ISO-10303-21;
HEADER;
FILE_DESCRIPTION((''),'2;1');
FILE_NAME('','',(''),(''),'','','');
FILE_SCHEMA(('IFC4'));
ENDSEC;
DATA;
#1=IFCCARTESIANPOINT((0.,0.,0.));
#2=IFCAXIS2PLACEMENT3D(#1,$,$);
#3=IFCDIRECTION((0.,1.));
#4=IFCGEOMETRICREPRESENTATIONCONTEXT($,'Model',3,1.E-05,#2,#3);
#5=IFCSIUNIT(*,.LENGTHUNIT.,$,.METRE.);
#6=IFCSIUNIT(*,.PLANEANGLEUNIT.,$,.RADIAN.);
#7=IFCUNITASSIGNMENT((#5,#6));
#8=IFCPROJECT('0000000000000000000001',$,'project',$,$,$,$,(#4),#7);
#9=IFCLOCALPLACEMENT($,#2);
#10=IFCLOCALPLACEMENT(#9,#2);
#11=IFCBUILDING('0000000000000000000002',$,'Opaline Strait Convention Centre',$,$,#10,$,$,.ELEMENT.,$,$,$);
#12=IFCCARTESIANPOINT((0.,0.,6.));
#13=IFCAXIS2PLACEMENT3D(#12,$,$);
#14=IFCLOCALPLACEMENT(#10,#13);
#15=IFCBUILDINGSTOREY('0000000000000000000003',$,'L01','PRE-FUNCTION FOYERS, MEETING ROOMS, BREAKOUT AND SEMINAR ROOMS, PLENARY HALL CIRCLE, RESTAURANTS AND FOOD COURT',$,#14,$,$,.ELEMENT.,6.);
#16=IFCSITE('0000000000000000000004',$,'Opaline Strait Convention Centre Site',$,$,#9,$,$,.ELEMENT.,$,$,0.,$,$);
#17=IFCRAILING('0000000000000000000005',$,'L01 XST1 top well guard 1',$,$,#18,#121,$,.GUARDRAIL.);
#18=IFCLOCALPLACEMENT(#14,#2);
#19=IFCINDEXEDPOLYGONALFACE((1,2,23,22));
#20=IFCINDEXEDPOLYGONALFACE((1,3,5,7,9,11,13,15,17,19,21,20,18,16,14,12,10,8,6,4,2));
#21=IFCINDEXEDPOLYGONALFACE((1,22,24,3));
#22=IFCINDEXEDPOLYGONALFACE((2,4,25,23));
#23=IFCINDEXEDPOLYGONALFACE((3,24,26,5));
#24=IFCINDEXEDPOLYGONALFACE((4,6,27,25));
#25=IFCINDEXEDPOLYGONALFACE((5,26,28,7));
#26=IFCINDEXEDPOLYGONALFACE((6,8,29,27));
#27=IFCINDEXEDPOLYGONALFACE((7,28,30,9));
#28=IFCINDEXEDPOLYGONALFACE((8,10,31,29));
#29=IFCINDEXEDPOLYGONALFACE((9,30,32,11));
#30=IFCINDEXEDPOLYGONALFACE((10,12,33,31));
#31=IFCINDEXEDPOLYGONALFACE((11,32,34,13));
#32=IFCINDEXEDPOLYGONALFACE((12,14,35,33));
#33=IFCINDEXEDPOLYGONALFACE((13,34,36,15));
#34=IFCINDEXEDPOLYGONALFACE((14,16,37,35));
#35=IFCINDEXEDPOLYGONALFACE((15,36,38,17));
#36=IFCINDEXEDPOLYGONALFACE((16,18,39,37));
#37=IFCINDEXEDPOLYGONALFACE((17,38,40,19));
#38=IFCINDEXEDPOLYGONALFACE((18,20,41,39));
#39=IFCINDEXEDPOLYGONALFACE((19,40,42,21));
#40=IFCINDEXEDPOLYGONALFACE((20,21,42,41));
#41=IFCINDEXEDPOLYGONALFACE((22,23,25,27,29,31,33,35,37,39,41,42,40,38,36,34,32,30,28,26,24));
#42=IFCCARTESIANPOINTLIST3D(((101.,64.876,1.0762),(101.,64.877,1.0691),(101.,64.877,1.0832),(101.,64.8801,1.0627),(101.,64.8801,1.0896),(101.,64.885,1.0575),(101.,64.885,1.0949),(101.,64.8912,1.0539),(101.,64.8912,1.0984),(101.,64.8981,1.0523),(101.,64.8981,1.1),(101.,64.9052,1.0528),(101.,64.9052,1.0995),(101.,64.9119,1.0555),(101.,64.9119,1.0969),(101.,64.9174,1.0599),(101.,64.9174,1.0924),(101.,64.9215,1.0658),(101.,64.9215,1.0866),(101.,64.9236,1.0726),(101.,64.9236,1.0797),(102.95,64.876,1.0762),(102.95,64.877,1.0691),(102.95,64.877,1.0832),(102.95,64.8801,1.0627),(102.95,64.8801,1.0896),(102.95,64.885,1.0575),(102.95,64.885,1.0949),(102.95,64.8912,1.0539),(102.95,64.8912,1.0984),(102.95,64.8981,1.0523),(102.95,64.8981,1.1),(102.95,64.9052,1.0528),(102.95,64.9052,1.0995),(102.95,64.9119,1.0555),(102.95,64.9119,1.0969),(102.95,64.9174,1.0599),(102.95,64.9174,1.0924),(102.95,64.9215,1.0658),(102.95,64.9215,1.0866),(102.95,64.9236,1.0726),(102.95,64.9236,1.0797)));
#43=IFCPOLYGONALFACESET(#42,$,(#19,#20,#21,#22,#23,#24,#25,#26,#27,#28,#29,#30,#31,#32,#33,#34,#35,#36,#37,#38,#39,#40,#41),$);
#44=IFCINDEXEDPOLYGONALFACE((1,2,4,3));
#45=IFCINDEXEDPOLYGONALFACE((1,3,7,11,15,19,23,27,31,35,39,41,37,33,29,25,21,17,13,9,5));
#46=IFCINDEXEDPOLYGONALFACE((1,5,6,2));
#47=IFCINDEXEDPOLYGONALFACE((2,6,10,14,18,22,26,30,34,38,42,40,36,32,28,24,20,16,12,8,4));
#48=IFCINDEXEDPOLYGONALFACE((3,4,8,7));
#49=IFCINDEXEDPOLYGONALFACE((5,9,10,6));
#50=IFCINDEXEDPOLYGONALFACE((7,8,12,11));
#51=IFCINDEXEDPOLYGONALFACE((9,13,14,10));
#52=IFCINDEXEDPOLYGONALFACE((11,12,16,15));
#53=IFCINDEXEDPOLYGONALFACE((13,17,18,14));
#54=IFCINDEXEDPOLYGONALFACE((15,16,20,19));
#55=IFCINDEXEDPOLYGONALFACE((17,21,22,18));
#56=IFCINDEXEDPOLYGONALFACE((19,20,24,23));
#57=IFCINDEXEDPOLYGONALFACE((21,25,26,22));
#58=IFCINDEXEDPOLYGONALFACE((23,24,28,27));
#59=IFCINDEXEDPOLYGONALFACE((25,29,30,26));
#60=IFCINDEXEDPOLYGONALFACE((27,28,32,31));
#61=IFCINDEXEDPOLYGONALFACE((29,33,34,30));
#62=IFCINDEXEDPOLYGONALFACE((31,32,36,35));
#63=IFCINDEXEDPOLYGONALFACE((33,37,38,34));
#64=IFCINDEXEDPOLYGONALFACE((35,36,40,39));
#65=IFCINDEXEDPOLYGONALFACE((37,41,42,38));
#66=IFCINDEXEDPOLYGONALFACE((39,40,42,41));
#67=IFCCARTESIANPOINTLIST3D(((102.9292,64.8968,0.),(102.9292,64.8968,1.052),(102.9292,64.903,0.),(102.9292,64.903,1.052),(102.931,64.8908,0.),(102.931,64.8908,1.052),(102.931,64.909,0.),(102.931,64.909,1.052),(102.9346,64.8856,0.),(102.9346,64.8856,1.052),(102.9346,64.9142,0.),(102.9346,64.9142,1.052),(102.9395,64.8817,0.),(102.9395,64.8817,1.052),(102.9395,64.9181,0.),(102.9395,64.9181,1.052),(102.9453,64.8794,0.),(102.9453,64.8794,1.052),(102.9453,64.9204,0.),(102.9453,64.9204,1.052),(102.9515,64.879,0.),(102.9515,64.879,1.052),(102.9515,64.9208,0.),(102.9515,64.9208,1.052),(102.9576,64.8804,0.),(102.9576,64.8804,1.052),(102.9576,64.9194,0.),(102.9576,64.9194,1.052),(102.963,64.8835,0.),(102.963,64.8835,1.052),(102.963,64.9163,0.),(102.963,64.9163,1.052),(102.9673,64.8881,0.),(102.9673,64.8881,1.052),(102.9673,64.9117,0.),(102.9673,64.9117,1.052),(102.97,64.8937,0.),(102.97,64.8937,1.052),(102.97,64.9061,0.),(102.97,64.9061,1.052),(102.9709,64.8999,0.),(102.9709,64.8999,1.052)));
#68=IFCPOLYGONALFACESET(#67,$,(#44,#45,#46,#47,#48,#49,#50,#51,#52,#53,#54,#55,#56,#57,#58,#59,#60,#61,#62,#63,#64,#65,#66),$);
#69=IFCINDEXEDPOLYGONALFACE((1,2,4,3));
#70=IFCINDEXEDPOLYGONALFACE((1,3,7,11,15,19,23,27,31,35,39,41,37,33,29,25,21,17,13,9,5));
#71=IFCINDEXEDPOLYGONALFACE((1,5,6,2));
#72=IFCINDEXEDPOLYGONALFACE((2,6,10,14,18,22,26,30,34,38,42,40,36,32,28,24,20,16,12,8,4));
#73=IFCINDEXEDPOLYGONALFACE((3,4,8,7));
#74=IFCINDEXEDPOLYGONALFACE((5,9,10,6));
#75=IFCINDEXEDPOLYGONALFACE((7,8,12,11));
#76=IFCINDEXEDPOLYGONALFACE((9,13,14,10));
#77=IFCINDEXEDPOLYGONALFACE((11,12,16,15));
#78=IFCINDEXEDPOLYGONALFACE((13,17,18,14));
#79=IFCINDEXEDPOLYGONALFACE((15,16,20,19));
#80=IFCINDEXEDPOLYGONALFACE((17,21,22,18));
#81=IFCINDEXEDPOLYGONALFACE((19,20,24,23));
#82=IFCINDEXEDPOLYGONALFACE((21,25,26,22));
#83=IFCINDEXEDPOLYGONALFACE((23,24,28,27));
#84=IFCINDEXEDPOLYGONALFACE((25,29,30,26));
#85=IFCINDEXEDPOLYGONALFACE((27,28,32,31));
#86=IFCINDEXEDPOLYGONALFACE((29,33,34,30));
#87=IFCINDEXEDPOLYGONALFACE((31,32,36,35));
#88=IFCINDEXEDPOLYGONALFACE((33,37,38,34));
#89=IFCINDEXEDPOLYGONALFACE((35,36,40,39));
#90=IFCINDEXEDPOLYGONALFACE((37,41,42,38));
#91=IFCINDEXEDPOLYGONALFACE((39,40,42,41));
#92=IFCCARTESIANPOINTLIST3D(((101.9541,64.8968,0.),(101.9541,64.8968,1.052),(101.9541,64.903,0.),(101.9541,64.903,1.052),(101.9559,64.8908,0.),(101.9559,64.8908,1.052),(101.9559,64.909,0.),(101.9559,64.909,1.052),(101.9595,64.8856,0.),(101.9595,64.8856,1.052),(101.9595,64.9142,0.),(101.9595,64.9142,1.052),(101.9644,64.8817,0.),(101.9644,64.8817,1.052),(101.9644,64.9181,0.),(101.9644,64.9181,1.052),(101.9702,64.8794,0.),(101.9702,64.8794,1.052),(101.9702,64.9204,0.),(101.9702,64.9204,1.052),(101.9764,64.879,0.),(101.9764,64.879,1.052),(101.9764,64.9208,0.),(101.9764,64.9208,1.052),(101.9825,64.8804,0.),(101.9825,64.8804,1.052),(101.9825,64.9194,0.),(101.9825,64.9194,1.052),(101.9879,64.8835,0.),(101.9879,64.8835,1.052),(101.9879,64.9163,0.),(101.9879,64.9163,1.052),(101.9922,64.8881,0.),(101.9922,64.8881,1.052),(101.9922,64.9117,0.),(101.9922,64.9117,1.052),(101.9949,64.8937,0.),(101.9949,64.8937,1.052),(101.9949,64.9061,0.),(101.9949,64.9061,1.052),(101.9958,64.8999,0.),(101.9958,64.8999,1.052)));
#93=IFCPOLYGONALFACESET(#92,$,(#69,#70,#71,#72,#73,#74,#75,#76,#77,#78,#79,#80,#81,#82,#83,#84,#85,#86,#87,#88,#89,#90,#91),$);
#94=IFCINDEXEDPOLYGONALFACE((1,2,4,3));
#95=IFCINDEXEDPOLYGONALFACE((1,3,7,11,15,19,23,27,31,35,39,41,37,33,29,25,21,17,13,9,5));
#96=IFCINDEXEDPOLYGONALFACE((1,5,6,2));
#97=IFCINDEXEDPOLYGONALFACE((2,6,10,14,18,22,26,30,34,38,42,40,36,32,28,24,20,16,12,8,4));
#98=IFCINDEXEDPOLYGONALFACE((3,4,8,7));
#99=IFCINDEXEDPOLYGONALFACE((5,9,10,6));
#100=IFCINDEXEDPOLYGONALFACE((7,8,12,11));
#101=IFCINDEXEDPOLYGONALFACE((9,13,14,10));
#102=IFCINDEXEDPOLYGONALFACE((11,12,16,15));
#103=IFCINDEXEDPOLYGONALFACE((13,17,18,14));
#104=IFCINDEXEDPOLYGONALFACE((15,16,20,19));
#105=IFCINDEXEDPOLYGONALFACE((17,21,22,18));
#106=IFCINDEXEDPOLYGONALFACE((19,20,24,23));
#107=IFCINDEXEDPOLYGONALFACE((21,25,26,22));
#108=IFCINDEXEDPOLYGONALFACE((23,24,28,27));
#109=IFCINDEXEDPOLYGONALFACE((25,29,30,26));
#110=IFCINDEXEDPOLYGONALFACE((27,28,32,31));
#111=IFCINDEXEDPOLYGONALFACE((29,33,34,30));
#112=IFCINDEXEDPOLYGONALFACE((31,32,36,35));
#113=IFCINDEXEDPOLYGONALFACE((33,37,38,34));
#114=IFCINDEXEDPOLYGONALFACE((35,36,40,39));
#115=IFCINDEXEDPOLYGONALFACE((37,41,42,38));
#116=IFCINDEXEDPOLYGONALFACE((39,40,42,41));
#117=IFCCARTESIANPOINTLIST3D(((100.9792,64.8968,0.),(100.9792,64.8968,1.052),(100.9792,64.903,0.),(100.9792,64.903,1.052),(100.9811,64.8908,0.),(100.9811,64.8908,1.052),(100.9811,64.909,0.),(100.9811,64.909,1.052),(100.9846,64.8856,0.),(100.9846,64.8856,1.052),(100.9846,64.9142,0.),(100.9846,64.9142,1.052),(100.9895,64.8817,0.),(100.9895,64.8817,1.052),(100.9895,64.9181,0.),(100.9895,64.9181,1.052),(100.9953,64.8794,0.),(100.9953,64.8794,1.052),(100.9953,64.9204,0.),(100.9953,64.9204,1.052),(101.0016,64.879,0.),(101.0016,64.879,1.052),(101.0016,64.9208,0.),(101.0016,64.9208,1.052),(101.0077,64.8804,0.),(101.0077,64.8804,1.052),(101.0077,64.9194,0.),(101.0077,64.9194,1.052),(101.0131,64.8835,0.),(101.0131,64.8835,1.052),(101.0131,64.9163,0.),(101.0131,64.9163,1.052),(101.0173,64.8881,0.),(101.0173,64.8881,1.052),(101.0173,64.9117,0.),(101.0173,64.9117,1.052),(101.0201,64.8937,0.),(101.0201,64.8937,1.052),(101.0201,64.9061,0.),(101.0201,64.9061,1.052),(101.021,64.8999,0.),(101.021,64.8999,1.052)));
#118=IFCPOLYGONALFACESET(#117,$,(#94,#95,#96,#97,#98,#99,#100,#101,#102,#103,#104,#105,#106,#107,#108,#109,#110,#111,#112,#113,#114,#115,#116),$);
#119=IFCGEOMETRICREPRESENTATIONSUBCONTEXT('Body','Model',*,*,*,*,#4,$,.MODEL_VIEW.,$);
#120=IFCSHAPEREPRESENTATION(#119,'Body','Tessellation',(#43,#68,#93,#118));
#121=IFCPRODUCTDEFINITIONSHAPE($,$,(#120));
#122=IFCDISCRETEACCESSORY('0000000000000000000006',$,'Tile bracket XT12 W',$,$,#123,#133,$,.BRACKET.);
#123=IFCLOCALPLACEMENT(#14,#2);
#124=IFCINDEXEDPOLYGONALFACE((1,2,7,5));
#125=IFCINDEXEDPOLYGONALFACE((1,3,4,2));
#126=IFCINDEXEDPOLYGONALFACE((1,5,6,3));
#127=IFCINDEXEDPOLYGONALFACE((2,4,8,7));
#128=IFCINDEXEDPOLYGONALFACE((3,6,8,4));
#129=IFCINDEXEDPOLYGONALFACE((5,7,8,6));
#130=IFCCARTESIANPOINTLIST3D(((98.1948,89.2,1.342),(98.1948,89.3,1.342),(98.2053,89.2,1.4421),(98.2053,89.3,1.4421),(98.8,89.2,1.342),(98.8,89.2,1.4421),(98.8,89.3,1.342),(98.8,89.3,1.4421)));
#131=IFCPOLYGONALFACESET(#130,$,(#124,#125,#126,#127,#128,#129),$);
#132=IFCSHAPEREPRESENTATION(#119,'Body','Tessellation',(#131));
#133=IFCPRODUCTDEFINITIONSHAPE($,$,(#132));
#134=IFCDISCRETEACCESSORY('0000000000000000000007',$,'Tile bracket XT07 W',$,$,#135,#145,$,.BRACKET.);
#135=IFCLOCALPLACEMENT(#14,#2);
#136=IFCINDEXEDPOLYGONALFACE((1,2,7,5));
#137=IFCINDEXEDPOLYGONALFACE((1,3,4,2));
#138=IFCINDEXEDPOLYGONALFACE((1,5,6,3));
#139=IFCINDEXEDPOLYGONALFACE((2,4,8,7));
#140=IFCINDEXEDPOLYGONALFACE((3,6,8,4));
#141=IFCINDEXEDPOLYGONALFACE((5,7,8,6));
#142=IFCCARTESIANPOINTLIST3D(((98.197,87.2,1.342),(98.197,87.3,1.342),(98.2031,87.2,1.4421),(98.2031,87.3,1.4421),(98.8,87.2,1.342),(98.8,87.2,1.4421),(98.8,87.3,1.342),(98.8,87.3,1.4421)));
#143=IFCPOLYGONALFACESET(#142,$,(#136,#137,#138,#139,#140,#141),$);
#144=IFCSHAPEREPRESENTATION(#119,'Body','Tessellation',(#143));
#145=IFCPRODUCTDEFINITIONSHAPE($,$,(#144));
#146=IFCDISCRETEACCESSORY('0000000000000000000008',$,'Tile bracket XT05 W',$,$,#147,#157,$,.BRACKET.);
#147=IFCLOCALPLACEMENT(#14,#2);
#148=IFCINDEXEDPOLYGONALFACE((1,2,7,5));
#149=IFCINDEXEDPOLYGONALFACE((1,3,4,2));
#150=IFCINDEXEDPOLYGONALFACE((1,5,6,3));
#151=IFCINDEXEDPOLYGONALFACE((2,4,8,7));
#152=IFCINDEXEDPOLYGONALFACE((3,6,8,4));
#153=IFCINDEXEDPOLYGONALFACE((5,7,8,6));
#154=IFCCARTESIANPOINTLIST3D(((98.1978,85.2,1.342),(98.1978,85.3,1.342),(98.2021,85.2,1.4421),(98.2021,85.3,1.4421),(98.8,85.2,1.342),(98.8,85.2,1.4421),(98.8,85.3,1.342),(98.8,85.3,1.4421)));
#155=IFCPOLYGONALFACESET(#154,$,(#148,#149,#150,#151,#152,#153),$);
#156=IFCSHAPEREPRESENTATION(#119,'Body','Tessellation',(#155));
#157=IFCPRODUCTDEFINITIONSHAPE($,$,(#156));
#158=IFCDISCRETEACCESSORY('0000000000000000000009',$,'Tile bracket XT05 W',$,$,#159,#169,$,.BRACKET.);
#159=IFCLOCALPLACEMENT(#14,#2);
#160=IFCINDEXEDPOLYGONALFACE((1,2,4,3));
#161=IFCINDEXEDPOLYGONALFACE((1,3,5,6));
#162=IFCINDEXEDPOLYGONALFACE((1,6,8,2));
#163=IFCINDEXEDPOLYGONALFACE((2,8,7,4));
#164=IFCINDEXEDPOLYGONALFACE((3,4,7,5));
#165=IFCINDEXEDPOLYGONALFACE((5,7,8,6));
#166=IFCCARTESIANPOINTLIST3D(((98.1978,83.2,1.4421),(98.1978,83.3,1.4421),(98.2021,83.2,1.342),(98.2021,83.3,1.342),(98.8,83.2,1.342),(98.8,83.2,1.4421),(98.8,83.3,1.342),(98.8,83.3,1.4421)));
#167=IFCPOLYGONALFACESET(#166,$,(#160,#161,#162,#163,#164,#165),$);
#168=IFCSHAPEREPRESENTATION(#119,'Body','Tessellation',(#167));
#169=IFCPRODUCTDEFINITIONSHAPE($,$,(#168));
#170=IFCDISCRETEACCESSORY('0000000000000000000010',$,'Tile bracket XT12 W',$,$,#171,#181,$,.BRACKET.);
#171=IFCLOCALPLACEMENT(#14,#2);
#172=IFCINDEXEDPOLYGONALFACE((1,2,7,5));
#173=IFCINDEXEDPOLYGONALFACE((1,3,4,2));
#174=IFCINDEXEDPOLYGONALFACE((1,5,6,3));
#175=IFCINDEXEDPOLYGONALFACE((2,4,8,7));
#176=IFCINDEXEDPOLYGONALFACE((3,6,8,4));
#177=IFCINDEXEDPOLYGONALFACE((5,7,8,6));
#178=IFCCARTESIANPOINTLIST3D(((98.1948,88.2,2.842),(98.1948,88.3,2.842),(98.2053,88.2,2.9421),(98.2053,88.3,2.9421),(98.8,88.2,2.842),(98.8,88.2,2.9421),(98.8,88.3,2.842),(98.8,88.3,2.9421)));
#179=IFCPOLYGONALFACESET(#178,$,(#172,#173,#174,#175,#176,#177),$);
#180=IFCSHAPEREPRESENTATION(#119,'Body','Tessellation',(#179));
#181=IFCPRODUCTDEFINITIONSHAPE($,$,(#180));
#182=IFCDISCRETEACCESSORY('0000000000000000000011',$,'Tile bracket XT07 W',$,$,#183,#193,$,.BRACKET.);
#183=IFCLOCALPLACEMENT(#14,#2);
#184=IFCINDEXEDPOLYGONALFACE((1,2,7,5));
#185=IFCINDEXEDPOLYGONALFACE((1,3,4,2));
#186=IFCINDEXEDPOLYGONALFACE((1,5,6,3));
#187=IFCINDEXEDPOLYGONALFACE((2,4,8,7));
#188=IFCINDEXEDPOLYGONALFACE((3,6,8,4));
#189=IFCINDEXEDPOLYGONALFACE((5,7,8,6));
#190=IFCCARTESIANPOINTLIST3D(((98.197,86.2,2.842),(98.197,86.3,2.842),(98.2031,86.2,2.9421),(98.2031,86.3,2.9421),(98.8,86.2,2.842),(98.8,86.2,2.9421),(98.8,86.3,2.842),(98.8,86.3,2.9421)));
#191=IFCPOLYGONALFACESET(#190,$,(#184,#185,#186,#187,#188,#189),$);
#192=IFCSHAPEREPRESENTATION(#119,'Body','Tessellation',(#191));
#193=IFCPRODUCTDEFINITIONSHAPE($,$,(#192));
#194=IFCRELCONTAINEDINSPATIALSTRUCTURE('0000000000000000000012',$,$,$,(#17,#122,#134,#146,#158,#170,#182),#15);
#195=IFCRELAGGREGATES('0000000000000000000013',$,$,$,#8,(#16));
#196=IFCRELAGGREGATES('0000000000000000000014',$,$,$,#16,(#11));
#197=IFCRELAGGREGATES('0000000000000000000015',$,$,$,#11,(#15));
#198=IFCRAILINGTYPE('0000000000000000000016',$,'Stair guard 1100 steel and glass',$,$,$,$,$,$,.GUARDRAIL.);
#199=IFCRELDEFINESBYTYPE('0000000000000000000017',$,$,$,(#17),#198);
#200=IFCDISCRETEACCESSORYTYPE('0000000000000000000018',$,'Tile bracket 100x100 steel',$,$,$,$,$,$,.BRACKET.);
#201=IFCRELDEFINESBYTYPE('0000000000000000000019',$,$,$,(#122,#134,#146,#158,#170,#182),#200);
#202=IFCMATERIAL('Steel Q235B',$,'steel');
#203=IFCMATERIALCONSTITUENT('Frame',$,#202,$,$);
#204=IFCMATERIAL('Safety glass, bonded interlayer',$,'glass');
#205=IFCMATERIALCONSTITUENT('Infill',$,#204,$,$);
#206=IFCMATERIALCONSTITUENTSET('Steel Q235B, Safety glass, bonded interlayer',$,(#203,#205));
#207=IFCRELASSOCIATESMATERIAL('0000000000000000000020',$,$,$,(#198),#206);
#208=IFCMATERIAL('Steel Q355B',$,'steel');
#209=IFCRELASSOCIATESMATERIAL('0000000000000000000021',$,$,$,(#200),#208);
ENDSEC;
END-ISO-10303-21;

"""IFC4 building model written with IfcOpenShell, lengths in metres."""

from ifc_helpers import new_model, si_unit, direction, frame, origin, origin_2d, place, context, subcontext, project, spatial, polyline, circle, outline, extrude, material, constituent, constituent_set, type_object, element, save


model = new_model("IFC4")

# Units and contexts
model_context = context("Model", 3, precision=1e-05, world=origin(), true_north=direction((0.0, 1.0)))
body_context = subcontext(model_context, "Body", "Model", "MODEL_VIEW")
ifc_project = project(units=[si_unit("LENGTHUNIT", "METRE"), si_unit("PLANEANGLEUNIT", "RADIAN")], contexts=[model_context])

# Site, building, storey
site_placement = place(None, origin())
site = spatial("IfcSite", under=ifc_project, at=site_placement, Name="Opaline Strait Convention Centre Site", CompositionType="ELEMENT", RefElevation=0.0)
building_placement = place(site_placement, origin())
building = spatial("IfcBuilding", under=site, at=building_placement, Name="Opaline Strait Convention Centre", CompositionType="ELEMENT")
storey_placement = place(building_placement, frame((0.0, 0.0, 6.0)))
storey = spatial("IfcBuildingStorey", under=building, at=storey_placement, Name="L01", Description="PRE-FUNCTION FOYERS, MEETING ROOMS, BREAKOUT AND SEMINAR ROOMS, PLENARY HALL CIRCLE, RESTAURANTS AND FOOD COURT", CompositionType="ELEMENT", Elevation=6.0)

# Shared definitions
ifc_material_1 = material(Name="Steel Q355B", Category="steel")

# Shared definitions
ifc_material_2 = material(Name="Steel Q235B", Category="steel")

# Railing
ifc_constituent_1 = constituent(ifc_material_2, Name="Frame")
ifc_material_3 = material(Name="Safety glass, bonded interlayer", Category="glass")
ifc_constituent_2 = constituent(ifc_material_3, Name="Infill")
ifc_constituent_set = constituent_set(constituents=[ifc_constituent_1, ifc_constituent_2], Name="Steel Q235B, Safety glass, bonded interlayer")
railing_type = type_object("IfcRailingType", Name="Stair guard 1100 steel and glass", PredefinedType="GUARDRAIL", material=ifc_constituent_set)
railing_placement = place(storey_placement, frame((102.95, 64.8999, 0.0)))
element("IfcRailing", 1, at=railing_placement, inside=storey, type_object=railing_type, Name="L01 XST1 top well guard 1", PredefinedType="GUARDRAIL", context=body_context, shape_type="SweptSolid", body=[
    extrude(circle(Radius=0.0239, at=origin_2d()), frame((0.0, 0.0, 1.0762), z_axis=(-1.0, 0.0, 0.0), x_axis=(0.0, -1.0, 0.0)), (0.0, 0.0, 1.0), 1.95),
    extrude(circle(Radius=0.021, at=origin_2d()), origin(), (0.0, 0.0, 1.0), 1.052),
    extrude(circle(Radius=0.021, at=origin_2d()), frame((-0.9751, 0.0, 0.0)), (0.0, 0.0, 1.0), 1.052),
    extrude(circle(Radius=0.021, at=origin_2d()), frame((-1.95, 0.0, 0.0)), (0.0, 0.0, 1.0), 1.052),
])

# Discrete accessories
discrete_accessory_type = type_object("IfcDiscreteAccessoryType", Name="Tile bracket 100x100 steel", PredefinedType="BRACKET", material=ifc_material_1)
discrete_accessory_1_placement = place(storey_placement, frame((98.8, 89.3, 1.3921), z_axis=(0.0, -1.0, 0.0), x_axis=(1.0, 0.0, 0.0)))
element("IfcDiscreteAccessory", 2, at=discrete_accessory_1_placement, inside=storey, type_object=discrete_accessory_type, Name="Tile bracket XT12 W", PredefinedType="BRACKET", context=body_context, shape_type="SweptSolid", body=[
    extrude(outline(polyline([(0.0, -0.05), (0.0, 0.05), (-0.5947, 0.05), (-0.6052, -0.05), (0.0, -0.05)])), origin(), (0.0, 0.0, 1.0), 0.1001),
])
discrete_accessory_2_placement = place(storey_placement, frame((98.8, 87.3, 1.3921), z_axis=(0.0, -1.0, 0.0), x_axis=(1.0, 0.0, 0.0)))
element("IfcDiscreteAccessory", 3, at=discrete_accessory_2_placement, inside=storey, type_object=discrete_accessory_type, Name="Tile bracket XT07 W", PredefinedType="BRACKET", context=body_context, shape_type="SweptSolid", body=[
    extrude(outline(polyline([(0.0, -0.05), (0.0, 0.05), (-0.5969, 0.05), (-0.603, -0.05), (0.0, -0.05)])), origin(), (0.0, 0.0, 1.0), 0.1001),
])
discrete_accessory_3_placement = place(storey_placement, frame((98.8, 85.3, 1.3921), z_axis=(0.0, -1.0, 0.0), x_axis=(1.0, 0.0, 0.0)))
element("IfcDiscreteAccessory", 4, at=discrete_accessory_3_placement, inside=storey, type_object=discrete_accessory_type, Name="Tile bracket XT05 W", PredefinedType="BRACKET", context=body_context, shape_type="SweptSolid", body=[
    extrude(outline(polyline([(0.0, -0.05), (0.0, 0.05), (-0.5979, 0.05), (-0.6023, -0.05), (0.0, -0.05)])), origin(), (0.0, 0.0, 1.0), 0.1001),
])
discrete_accessory_4_placement = place(storey_placement, frame((98.8, 83.3, 1.3921), z_axis=(0.0, -1.0, 0.0), x_axis=(1.0, 0.0, 0.0)))
element("IfcDiscreteAccessory", 5, at=discrete_accessory_4_placement, inside=storey, type_object=discrete_accessory_type, Name="Tile bracket XT05 W", PredefinedType="BRACKET", context=body_context, shape_type="SweptSolid", body=[
    extrude(outline(polyline([(0.0, -0.05), (0.0, 0.05), (-0.6023, 0.05), (-0.5979, -0.05), (0.0, -0.05)])), origin(), (0.0, 0.0, 1.0), 0.1001),
])
discrete_accessory_5_placement = place(storey_placement, frame((98.8, 88.3, 2.8921), z_axis=(0.0, -1.0, 0.0), x_axis=(1.0, 0.0, 0.0)))
element("IfcDiscreteAccessory", 6, at=discrete_accessory_5_placement, inside=storey, type_object=discrete_accessory_type, Name="Tile bracket XT12 W", PredefinedType="BRACKET", context=body_context, shape_type="SweptSolid", body=[
    extrude(outline(polyline([(0.0, -0.05), (0.0, 0.05), (-0.5947, 0.05), (-0.6052, -0.05), (0.0, -0.05)])), origin(), (0.0, 0.0, 1.0), 0.1001),
])
discrete_accessory_6_placement = place(storey_placement, frame((98.8, 86.3, 2.8921), z_axis=(0.0, -1.0, 0.0), x_axis=(1.0, 0.0, 0.0)))
element("IfcDiscreteAccessory", 7, at=discrete_accessory_6_placement, inside=storey, type_object=discrete_accessory_type, Name="Tile bracket XT07 W", PredefinedType="BRACKET", context=body_context, shape_type="SweptSolid", body=[
    extrude(outline(polyline([(0.0, -0.05), (0.0, 0.05), (-0.5969, 0.05), (-0.603, -0.05), (0.0, -0.05)])), origin(), (0.0, 0.0, 1.0), 0.1001),
])

save(model, "model.ifc")
